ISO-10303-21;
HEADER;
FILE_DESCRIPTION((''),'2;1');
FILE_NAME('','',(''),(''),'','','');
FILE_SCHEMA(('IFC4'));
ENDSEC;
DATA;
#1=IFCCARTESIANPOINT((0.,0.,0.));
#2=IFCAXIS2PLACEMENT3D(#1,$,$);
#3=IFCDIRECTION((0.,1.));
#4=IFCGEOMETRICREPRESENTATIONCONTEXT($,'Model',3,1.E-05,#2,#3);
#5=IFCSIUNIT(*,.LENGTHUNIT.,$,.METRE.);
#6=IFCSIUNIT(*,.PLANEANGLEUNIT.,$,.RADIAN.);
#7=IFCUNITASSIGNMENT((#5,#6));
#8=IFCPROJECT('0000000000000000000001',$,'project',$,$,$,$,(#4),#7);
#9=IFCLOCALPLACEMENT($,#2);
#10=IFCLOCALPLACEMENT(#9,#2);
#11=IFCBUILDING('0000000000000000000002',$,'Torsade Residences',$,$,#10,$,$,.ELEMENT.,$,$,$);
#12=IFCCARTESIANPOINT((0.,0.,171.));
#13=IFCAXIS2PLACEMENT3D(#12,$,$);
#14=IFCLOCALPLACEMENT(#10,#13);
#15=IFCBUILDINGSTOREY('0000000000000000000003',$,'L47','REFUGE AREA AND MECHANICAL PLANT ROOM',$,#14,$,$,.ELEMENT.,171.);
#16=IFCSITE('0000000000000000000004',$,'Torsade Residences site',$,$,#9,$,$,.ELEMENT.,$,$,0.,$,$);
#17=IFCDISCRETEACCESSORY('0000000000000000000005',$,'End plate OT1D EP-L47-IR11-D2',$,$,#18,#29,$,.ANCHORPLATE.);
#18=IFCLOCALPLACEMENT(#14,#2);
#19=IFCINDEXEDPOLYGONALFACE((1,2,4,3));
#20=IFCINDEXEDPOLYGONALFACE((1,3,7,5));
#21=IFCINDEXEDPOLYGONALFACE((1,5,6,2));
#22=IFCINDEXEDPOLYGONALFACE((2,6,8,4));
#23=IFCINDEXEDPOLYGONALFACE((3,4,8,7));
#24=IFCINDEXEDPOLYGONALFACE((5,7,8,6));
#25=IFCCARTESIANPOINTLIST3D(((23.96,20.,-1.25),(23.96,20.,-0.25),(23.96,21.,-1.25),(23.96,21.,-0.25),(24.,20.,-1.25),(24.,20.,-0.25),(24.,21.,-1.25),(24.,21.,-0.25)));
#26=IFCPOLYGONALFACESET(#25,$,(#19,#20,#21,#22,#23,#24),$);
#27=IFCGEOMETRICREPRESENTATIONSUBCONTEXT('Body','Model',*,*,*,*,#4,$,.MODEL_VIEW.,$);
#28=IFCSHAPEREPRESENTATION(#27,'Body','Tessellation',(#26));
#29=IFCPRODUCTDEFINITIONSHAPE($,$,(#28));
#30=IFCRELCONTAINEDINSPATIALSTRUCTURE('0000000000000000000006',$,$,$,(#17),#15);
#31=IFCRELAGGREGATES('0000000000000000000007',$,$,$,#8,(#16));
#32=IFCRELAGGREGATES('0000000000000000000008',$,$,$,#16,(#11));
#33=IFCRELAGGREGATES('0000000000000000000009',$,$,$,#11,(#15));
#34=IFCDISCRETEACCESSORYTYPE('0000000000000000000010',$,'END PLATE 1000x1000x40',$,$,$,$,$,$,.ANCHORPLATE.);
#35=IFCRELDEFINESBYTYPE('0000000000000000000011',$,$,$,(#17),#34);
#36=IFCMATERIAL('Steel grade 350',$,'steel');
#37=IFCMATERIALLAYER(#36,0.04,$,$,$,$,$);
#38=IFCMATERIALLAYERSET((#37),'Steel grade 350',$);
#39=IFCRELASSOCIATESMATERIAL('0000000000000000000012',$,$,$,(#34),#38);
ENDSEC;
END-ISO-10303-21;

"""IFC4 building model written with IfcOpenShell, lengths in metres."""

from ifc_helpers import new_model, si_unit, direction, frame, origin, origin_2d, place, context, subcontext, project, spatial, rectangle, extrude, material, layer, layer_set, type_object, element, save


model = new_model("IFC4")

# Units and contexts
model_context = context("Model", 3, precision=1e-05, world=origin(), true_north=direction((0.0, 1.0)))
body_context = subcontext(model_context, "Body", "Model", "MODEL_VIEW")
ifc_project = project(units=[si_unit("LENGTHUNIT", "METRE"), si_unit("PLANEANGLEUNIT", "RADIAN")], contexts=[model_context])

# Site, building, storey
site_placement = place(None, origin())
site = spatial("IfcSite", under=ifc_project, at=site_placement, Name="Torsade Residences site", CompositionType="ELEMENT", RefElevation=0.0)
building_placement = place(site_placement, origin())
building = spatial("IfcBuilding", under=site, at=building_placement, Name="Torsade Residences", CompositionType="ELEMENT")
storey_placement = place(building_placement, frame((0.0, 0.0, 171.0)))
storey = spatial("IfcBuildingStorey", under=building, at=storey_placement, Name="L47", Description="REFUGE AREA AND MECHANICAL PLANT ROOM", CompositionType="ELEMENT", Elevation=171.0)

# Discrete accessory
ifc_material_1 = material(Name="Steel grade 350", Category="steel")
ifc_layer_1 = layer(ifc_material_1, 0.04)
ifc_layer_set_1 = layer_set([ifc_layer_1], Name="Steel grade 350")
discrete_accessory_type = type_object("IfcDiscreteAccessoryType", Name="END PLATE 1000x1000x40", PredefinedType="ANCHORPLATE", material=ifc_layer_set_1)
discrete_accessory_placement = place(storey_placement, frame((23.98, 20.5, -1.25), z_axis=(0.0, 0.0, 1.0), x_axis=(1.0, 0.0, 0.0)))
element("IfcDiscreteAccessory", 1, at=discrete_accessory_placement, inside=storey, type_object=discrete_accessory_type, Name="End plate OT1D EP-L47-IR11-D2", PredefinedType="ANCHORPLATE", context=body_context, shape_type="SweptSolid", body=[
    extrude(rectangle(XDim=0.04, YDim=1.0, at=origin_2d()), origin(), (0.0, 0.0, 1.0), 1.0),
])

save(model, "model.ifc")
